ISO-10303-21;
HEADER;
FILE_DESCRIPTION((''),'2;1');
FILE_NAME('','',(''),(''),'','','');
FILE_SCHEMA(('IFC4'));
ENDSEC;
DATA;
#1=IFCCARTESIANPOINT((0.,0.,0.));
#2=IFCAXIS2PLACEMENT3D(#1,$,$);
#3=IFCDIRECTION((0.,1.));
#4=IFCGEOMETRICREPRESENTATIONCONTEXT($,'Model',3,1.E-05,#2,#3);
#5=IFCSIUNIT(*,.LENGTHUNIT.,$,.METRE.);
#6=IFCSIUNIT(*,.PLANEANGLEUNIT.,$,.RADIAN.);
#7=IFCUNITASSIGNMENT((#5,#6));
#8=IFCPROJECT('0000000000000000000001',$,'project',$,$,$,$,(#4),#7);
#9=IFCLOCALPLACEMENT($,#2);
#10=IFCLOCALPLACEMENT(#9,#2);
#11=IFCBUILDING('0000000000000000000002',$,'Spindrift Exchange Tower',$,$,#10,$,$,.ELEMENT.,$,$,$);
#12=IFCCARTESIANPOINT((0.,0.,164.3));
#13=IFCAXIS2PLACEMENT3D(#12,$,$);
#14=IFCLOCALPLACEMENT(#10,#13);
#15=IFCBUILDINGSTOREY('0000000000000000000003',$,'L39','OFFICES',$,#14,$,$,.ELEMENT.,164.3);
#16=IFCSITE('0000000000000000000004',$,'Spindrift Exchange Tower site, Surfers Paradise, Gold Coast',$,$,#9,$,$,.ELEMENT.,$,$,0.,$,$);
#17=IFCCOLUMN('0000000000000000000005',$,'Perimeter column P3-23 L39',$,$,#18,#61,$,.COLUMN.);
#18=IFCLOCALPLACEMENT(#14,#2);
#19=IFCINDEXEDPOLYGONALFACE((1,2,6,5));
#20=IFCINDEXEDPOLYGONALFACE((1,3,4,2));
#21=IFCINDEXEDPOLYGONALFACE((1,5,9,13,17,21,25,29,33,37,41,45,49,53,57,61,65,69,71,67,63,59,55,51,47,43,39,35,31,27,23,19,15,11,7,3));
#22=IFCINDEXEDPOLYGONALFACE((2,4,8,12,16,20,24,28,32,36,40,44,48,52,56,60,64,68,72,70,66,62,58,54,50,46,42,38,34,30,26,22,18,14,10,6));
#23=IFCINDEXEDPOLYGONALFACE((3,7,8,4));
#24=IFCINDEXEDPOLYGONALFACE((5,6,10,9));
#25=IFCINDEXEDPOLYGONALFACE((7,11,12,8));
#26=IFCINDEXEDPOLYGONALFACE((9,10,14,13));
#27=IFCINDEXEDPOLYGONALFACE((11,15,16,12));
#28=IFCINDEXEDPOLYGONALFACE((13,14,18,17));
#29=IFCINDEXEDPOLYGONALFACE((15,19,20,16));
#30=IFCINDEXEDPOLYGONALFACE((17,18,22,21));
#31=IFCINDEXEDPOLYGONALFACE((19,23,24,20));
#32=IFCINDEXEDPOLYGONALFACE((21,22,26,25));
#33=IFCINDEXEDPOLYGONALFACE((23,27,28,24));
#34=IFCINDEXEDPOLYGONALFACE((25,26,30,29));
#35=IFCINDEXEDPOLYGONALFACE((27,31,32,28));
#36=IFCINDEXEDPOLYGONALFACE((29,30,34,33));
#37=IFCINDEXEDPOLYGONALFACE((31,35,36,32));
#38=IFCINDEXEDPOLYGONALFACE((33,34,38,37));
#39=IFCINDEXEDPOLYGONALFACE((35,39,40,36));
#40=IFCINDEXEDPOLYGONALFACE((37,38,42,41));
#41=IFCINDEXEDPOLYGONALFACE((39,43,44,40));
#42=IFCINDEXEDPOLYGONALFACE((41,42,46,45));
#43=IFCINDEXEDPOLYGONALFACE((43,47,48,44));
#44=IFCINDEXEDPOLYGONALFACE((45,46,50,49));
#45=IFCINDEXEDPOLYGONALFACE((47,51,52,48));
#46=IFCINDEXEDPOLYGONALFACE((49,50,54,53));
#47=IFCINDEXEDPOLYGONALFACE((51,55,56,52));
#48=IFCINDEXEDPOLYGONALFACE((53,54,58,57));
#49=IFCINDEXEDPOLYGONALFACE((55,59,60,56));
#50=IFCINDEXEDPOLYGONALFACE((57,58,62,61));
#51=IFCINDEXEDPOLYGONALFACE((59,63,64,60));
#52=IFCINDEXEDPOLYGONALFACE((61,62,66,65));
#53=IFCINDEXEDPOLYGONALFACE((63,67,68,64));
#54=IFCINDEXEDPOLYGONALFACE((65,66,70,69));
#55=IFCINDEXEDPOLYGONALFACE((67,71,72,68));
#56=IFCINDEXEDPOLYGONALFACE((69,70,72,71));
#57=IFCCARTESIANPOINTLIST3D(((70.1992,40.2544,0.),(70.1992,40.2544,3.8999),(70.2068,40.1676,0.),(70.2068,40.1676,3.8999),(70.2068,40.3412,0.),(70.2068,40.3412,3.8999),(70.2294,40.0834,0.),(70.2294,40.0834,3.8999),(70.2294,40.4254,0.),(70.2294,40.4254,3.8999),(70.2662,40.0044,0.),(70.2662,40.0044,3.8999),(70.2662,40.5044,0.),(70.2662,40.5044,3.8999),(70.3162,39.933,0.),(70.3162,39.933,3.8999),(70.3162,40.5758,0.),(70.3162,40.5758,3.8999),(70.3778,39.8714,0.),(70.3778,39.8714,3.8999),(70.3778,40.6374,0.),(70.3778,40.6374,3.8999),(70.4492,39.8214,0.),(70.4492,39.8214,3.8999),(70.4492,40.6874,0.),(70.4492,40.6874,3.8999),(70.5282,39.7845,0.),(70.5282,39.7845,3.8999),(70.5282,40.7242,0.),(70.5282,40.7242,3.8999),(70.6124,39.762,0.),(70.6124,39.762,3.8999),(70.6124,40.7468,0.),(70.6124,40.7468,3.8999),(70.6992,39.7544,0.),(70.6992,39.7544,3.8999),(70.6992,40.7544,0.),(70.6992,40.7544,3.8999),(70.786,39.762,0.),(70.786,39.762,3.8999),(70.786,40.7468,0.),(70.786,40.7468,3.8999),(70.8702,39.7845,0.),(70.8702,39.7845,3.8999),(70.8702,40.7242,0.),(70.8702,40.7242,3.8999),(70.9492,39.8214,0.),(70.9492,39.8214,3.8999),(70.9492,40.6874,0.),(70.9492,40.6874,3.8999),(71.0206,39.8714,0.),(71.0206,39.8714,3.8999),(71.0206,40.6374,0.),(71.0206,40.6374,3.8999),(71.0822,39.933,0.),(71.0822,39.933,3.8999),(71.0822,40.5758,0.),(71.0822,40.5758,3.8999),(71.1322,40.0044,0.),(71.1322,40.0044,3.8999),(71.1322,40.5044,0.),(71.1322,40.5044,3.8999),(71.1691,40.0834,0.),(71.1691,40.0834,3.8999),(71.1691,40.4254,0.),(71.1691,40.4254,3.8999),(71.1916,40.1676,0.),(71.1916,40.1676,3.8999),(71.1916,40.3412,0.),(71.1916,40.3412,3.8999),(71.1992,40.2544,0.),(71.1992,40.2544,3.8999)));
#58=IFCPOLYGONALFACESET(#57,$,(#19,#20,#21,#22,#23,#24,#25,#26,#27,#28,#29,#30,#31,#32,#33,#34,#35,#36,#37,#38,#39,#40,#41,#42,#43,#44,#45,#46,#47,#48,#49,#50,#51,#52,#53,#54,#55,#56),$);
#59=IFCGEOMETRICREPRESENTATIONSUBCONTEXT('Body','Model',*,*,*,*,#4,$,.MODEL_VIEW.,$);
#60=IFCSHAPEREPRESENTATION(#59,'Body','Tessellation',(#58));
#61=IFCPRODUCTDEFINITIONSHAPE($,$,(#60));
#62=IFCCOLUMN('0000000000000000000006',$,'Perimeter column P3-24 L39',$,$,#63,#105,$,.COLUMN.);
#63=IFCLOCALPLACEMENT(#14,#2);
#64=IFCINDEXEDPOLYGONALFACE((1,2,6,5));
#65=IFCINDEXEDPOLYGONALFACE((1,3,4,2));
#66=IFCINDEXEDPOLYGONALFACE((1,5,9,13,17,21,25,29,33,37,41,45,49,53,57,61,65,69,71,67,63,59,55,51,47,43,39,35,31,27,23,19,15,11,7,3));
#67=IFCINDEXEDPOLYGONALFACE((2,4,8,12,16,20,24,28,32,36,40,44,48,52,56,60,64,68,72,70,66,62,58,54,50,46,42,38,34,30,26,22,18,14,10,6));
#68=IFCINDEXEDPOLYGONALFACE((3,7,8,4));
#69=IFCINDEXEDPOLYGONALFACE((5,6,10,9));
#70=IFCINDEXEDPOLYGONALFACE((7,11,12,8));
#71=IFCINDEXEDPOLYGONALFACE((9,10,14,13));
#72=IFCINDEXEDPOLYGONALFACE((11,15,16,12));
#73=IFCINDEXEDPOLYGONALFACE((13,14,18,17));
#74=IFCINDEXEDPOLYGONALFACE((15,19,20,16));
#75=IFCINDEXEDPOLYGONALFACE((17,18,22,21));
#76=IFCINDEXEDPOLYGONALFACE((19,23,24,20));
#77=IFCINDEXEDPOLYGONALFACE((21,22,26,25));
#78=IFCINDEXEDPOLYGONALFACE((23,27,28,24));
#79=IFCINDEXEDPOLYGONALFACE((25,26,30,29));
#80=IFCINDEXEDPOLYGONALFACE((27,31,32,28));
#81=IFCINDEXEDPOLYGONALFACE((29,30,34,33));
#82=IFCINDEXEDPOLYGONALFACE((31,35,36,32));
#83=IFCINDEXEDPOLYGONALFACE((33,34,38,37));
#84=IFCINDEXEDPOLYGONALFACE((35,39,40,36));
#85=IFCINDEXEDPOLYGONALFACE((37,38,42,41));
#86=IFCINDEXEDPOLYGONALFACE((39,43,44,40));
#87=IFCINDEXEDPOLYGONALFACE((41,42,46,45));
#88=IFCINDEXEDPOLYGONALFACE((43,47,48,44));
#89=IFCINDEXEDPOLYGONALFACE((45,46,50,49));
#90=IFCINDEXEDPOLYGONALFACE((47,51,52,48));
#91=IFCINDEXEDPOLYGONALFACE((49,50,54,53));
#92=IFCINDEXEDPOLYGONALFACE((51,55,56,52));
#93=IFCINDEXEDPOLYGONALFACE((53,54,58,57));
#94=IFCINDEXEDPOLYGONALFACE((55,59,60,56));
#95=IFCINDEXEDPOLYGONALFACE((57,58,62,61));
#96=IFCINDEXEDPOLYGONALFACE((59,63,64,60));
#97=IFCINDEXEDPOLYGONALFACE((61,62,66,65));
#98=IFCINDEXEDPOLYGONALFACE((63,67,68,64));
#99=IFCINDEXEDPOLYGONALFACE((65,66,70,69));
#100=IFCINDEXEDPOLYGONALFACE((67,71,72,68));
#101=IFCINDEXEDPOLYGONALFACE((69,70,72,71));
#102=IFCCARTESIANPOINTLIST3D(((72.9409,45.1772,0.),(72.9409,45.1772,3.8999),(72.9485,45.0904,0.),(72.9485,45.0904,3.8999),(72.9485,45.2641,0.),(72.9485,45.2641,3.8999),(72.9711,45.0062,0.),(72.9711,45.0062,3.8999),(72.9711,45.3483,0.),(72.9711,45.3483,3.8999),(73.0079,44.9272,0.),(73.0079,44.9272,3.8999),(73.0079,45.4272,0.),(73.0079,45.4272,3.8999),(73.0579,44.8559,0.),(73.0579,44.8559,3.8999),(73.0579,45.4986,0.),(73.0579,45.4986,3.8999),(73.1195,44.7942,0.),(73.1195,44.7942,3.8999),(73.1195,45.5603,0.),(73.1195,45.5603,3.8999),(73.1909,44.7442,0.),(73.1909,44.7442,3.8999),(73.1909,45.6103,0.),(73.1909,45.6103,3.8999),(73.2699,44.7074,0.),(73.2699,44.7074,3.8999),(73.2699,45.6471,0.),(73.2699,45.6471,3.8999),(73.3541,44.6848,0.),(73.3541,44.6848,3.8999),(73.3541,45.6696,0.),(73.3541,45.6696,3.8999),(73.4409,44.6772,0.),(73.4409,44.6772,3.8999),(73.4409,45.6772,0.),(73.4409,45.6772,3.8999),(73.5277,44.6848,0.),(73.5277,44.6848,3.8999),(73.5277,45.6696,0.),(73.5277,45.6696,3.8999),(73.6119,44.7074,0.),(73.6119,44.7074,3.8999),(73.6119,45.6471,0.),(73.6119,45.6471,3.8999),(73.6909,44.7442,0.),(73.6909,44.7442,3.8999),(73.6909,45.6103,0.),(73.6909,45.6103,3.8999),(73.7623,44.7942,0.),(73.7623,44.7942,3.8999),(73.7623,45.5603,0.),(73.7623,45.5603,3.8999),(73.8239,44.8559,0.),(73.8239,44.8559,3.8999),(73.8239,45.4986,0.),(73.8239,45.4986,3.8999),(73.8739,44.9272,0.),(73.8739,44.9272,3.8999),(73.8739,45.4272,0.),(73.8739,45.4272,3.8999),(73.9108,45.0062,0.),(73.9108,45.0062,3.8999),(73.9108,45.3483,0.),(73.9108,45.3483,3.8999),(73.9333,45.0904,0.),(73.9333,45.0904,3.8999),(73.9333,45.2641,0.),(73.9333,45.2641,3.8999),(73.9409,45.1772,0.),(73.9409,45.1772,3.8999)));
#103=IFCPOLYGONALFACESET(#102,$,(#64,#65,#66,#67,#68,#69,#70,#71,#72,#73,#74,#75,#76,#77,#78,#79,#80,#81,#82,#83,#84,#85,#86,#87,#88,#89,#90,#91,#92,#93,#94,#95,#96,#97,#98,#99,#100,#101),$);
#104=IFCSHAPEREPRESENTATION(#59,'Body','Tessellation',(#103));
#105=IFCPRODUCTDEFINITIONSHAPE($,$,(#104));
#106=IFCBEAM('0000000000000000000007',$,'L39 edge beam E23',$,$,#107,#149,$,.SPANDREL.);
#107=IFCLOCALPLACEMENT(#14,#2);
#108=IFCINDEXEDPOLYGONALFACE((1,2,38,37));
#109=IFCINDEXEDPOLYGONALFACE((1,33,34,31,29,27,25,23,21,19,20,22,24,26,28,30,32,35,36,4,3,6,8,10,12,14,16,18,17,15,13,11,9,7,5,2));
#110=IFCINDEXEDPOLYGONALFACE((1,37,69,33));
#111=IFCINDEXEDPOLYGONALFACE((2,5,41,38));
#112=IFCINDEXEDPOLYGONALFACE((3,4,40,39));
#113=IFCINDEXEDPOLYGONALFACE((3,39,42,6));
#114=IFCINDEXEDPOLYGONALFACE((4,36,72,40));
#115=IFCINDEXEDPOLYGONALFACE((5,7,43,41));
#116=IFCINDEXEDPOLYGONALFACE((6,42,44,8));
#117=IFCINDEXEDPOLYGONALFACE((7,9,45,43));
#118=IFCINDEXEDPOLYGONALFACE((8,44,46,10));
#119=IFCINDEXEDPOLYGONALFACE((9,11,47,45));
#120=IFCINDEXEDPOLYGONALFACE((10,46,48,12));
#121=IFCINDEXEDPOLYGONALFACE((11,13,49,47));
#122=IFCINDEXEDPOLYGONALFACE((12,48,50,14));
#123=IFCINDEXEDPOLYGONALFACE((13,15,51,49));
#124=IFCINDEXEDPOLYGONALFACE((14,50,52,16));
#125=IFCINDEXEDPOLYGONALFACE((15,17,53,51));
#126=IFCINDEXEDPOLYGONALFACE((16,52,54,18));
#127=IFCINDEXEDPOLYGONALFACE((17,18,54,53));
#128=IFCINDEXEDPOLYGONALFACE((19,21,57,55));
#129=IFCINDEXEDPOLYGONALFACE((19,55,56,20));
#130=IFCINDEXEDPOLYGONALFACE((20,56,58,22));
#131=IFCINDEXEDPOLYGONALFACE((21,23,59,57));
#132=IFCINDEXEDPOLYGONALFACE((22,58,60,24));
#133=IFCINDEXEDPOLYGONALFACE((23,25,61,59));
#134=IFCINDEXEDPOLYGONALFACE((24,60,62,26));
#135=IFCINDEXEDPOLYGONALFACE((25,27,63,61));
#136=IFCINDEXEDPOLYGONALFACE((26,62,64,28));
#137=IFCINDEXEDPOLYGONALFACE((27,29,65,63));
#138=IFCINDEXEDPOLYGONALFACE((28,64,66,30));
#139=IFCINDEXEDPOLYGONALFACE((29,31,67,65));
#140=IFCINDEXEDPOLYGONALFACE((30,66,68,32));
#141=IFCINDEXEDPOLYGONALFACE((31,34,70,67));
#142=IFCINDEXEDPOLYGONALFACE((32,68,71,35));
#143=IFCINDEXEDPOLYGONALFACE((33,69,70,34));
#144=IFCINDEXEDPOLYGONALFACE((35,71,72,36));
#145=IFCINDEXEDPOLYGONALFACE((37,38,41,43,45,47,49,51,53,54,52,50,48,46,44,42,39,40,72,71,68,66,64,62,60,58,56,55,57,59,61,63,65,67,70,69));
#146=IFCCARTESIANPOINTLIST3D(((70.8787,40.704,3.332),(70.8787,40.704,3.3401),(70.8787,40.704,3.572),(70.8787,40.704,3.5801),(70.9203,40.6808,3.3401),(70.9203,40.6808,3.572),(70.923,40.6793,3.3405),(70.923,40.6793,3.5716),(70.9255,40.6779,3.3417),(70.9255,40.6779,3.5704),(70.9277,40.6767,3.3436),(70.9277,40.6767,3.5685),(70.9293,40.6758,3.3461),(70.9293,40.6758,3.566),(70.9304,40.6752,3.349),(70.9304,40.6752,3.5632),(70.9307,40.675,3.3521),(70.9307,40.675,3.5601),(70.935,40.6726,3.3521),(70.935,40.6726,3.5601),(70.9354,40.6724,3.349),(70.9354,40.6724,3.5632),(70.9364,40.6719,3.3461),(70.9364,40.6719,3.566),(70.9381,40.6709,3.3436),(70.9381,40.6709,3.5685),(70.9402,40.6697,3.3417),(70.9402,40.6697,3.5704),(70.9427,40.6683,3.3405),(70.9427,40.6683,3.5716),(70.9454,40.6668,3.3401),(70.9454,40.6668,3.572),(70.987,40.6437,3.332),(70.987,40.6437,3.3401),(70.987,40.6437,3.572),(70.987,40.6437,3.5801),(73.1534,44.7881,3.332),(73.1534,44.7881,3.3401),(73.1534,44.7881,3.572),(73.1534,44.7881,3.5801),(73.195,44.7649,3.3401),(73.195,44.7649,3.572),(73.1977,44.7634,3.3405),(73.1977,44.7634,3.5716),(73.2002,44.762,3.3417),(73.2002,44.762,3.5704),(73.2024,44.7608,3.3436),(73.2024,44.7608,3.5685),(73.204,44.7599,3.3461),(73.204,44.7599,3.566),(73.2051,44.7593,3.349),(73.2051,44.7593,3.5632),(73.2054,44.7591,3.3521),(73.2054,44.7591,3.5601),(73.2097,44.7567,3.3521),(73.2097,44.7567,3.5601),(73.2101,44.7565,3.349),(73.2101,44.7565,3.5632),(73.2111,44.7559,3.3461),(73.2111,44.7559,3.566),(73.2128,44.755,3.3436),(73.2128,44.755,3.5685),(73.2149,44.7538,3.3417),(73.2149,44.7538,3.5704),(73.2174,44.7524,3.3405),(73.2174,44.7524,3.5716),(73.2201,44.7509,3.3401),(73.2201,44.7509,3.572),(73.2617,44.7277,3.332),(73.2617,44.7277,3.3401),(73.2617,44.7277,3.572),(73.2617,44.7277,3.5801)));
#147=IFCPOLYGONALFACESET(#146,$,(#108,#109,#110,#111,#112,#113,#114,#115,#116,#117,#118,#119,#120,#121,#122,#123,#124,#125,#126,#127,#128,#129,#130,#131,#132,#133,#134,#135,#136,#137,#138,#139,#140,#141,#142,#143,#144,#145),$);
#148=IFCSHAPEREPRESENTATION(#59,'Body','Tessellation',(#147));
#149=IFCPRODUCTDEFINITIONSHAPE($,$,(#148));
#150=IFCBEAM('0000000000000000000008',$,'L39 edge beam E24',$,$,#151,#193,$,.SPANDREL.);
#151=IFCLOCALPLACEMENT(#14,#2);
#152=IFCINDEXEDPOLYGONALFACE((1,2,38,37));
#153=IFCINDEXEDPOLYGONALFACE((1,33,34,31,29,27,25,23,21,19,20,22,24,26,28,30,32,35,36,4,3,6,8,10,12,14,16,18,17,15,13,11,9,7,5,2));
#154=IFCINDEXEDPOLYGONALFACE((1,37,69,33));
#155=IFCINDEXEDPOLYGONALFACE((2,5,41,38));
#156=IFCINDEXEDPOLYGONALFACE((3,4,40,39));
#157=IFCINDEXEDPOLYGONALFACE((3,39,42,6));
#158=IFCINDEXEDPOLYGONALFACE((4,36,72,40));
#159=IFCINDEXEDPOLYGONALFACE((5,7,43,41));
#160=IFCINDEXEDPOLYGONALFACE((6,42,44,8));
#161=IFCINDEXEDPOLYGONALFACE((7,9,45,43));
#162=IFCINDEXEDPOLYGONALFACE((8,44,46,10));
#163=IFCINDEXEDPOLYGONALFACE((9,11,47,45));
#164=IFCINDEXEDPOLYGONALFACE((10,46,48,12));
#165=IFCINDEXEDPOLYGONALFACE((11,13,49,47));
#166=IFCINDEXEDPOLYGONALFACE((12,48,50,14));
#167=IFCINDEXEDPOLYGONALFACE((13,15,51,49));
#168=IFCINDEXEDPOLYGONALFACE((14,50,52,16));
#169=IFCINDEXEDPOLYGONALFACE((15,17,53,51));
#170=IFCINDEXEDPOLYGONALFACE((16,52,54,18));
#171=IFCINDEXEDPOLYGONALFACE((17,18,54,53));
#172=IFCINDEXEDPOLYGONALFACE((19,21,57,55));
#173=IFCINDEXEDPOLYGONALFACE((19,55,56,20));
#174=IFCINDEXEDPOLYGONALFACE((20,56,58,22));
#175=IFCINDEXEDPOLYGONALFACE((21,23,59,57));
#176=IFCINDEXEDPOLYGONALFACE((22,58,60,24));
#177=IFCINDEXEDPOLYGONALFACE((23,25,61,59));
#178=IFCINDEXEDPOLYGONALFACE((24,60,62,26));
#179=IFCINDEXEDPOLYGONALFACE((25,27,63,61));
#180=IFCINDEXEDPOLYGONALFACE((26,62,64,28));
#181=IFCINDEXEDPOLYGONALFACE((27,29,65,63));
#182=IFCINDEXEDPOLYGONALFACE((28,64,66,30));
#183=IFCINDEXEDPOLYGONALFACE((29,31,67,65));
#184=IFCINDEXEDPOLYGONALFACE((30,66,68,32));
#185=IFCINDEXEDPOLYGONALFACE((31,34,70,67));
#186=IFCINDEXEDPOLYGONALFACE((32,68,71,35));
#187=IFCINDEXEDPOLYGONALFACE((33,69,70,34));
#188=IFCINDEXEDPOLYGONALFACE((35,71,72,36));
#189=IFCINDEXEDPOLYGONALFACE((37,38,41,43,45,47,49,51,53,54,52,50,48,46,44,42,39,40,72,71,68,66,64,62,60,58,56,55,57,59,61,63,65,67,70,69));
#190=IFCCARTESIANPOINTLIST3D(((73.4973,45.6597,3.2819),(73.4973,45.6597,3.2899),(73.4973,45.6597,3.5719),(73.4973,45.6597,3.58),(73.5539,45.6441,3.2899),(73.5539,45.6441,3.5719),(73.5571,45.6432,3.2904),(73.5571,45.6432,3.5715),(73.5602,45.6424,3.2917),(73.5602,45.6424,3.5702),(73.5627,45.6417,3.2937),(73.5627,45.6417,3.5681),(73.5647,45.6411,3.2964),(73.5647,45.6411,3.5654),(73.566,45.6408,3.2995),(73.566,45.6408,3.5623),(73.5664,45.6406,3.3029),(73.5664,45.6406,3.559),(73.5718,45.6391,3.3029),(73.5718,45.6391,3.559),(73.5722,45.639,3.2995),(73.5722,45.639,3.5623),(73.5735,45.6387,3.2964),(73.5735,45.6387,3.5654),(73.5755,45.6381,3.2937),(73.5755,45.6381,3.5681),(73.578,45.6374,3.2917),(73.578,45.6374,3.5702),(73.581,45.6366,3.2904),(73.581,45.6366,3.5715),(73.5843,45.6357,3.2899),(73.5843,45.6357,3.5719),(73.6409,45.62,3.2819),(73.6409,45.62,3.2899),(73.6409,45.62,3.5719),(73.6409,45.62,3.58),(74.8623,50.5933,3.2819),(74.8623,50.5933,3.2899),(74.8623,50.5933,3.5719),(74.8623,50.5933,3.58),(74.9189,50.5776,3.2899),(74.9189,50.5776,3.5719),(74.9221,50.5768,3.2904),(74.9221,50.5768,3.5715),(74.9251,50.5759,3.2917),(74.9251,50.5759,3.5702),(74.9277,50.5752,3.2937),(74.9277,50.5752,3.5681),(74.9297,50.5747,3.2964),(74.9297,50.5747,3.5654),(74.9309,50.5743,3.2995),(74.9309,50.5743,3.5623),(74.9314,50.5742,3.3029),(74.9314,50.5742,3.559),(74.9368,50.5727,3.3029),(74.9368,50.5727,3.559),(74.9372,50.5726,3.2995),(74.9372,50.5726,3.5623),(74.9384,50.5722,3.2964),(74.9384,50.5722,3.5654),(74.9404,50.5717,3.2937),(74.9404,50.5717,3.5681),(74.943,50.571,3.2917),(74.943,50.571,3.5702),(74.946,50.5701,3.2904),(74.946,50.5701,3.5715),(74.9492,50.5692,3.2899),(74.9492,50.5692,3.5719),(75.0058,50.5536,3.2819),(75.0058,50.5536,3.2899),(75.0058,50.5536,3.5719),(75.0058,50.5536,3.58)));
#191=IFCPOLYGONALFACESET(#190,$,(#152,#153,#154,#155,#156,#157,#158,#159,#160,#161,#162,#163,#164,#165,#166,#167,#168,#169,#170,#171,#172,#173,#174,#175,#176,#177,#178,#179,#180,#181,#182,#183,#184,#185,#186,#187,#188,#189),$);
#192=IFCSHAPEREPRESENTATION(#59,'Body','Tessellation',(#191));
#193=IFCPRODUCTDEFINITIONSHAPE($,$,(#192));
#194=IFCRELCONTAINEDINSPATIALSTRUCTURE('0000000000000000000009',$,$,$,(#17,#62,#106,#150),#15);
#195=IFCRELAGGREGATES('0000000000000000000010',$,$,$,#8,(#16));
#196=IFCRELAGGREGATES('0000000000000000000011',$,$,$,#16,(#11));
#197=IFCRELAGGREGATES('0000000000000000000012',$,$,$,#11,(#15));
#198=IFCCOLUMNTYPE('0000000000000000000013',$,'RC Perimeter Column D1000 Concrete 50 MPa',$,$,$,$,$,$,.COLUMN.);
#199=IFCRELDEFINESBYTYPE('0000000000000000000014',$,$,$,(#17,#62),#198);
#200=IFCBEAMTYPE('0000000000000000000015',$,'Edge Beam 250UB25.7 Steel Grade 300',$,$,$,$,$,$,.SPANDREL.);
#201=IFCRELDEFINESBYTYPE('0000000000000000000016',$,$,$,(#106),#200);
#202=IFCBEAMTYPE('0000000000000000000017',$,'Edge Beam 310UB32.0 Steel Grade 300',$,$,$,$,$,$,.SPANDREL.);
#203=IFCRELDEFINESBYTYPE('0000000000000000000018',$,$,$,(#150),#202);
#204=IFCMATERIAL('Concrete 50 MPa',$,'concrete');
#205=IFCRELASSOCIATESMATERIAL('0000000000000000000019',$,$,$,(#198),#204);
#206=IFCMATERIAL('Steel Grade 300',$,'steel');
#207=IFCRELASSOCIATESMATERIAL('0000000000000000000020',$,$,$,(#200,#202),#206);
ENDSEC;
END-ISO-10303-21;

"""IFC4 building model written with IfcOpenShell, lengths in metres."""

from ifc_helpers import new_model, si_unit, direction, frame, origin, origin_2d, place, context, subcontext, project, spatial, circle, i_section, extrude, source, transform, mapped, material, material_profile, profile_set, type_object, element, save


model = new_model("IFC4")

# Units and contexts
model_context = context("Model", 3, precision=1e-05, world=origin(), true_north=direction((0.0, 1.0)))
body_context = subcontext(model_context, "Body", "Model", "MODEL_VIEW")
ifc_project = project(units=[si_unit("LENGTHUNIT", "METRE"), si_unit("PLANEANGLEUNIT", "RADIAN")], contexts=[model_context])

# Site, building, storey
site_placement = place(None, origin())
site = spatial("IfcSite", under=ifc_project, at=site_placement, Name="Spindrift Exchange Tower site, Surfers Paradise, Gold Coast", CompositionType="ELEMENT", RefElevation=0.0)
building_placement = place(site_placement, origin())
building = spatial("IfcBuilding", under=site, at=building_placement, Name="Spindrift Exchange Tower", CompositionType="ELEMENT")
storey_placement = place(building_placement, frame((0.0, 0.0, 164.3)))
storey = spatial("IfcBuildingStorey", under=building, at=storey_placement, Name="L39", Description="OFFICES", CompositionType="ELEMENT", Elevation=164.3)

# Columns
ifc_material_1 = material(Name="Concrete 50 MPa", Category="concrete")
ifc_material_profile_1 = material_profile(ifc_material_1, circle(Radius=0.5, at=origin_2d()), Name="RC D1000")
ifc_profile_set_1 = profile_set([ifc_material_profile_1], Name="Concrete 50 MPa")
column_type = type_object("IfcColumnType", Name="RC Perimeter Column D1000 Concrete 50 MPa", PredefinedType="COLUMN", material=ifc_profile_set_1)
shared_shape_1 = source(origin(), body_context, "Body", "SweptSolid", [
    extrude(circle(Radius=0.5, at=origin_2d()), origin(), (0.0, 0.0, 1.0), 3.8999),
])
for number, where, z_axis, x_axis, name in (
    (1, (70.6992, 40.2544, 0.0), (0.0, 0.0, 1.0), (1.0, 0.0, 0.0), "Perimeter column P3-23 L39"),
    (2, (73.4409, 45.1772, 0.0), (0.0, 0.0, 1.0), (1.0, 0.0, 0.0), "Perimeter column P3-24 L39"),
):
    element("IfcColumn", number, at=place(storey_placement, frame(where, z_axis=z_axis, x_axis=x_axis)), inside=storey, type_object=column_type, Name=name, PredefinedType="COLUMN", context=body_context, shape_type="MappedRepresentation", body=[
        mapped(shared_shape_1, transform((0.0, 0.0, 0.0), scale=1.0)),
    ])

# Beams
ifc_material_2 = material(Name="Steel Grade 300", Category="steel")
ifc_material_profile_2 = material_profile(ifc_material_2, i_section(OverallWidth=0.124, OverallDepth=0.248, WebThickness=0.0049, FlangeThickness=0.0081, FilletRadius=0.012, at=origin_2d()), Name="250UB25.7")
ifc_profile_set_2 = profile_set([ifc_material_profile_2], Name="Steel Grade 300")
beam_type_1 = type_object("IfcBeamType", Name="Edge Beam 250UB25.7 Steel Grade 300", PredefinedType="SPANDREL", material=ifc_profile_set_2)
shared_shape_2 = source(origin(), body_context, "Body", "SweptSolid", [
    extrude(i_section(OverallWidth=0.124, OverallDepth=0.248, WebThickness=0.0049, FlangeThickness=0.0081, FilletRadius=0.012, at=origin_2d()), origin(), (0.0, 0.0, 1.0), 4.6748),
])
beam_1_placement = place(storey_placement, frame((70.9329, 40.6738, 3.4561), z_axis=(0.486587, 0.873632, 0.0), x_axis=(-0.873632, 0.486587, 0.0)))
element("IfcBeam", 3, at=beam_1_placement, inside=storey, type_object=beam_type_1, Name="L39 edge beam E23", PredefinedType="SPANDREL", context=body_context, shape_type="MappedRepresentation", body=[
    mapped(shared_shape_2, transform((0.0, 0.0, 0.0), scale=1.0)),
])
ifc_material_profile_3 = material_profile(ifc_material_2, i_section(OverallWidth=0.1489, OverallDepth=0.2981, WebThickness=0.0056, FlangeThickness=0.0081, FilletRadius=0.0129, at=origin_2d()), Name="310UB32.0")
ifc_profile_set_3 = profile_set([ifc_material_profile_3], Name="Steel Grade 300")
beam_type_2 = type_object("IfcBeamType", Name="Edge Beam 310UB32.0 Steel Grade 300", PredefinedType="SPANDREL", material=ifc_profile_set_3)
shared_shape_3 = source(origin(), body_context, "Body", "SweptSolid", [
    extrude(i_section(OverallWidth=0.1489, OverallDepth=0.2981, WebThickness=0.0056, FlangeThickness=0.0081, FilletRadius=0.0129, at=origin_2d()), origin(), (0.0, 0.0, 1.0), 5.1189),
])
beam_2_placement = place(storey_placement, frame((73.5691, 45.6399, 3.4309), z_axis=(0.266655, 0.963792, 0.0), x_axis=(-0.963792, 0.266655, 0.0)))
element("IfcBeam", 4, at=beam_2_placement, inside=storey, type_object=beam_type_2, Name="L39 edge beam E24", PredefinedType="SPANDREL", context=body_context, shape_type="MappedRepresentation", body=[
    mapped(shared_shape_3, transform((0.0, 0.0, 0.0), scale=1.0)),
])

save(model, "model.ifc")
